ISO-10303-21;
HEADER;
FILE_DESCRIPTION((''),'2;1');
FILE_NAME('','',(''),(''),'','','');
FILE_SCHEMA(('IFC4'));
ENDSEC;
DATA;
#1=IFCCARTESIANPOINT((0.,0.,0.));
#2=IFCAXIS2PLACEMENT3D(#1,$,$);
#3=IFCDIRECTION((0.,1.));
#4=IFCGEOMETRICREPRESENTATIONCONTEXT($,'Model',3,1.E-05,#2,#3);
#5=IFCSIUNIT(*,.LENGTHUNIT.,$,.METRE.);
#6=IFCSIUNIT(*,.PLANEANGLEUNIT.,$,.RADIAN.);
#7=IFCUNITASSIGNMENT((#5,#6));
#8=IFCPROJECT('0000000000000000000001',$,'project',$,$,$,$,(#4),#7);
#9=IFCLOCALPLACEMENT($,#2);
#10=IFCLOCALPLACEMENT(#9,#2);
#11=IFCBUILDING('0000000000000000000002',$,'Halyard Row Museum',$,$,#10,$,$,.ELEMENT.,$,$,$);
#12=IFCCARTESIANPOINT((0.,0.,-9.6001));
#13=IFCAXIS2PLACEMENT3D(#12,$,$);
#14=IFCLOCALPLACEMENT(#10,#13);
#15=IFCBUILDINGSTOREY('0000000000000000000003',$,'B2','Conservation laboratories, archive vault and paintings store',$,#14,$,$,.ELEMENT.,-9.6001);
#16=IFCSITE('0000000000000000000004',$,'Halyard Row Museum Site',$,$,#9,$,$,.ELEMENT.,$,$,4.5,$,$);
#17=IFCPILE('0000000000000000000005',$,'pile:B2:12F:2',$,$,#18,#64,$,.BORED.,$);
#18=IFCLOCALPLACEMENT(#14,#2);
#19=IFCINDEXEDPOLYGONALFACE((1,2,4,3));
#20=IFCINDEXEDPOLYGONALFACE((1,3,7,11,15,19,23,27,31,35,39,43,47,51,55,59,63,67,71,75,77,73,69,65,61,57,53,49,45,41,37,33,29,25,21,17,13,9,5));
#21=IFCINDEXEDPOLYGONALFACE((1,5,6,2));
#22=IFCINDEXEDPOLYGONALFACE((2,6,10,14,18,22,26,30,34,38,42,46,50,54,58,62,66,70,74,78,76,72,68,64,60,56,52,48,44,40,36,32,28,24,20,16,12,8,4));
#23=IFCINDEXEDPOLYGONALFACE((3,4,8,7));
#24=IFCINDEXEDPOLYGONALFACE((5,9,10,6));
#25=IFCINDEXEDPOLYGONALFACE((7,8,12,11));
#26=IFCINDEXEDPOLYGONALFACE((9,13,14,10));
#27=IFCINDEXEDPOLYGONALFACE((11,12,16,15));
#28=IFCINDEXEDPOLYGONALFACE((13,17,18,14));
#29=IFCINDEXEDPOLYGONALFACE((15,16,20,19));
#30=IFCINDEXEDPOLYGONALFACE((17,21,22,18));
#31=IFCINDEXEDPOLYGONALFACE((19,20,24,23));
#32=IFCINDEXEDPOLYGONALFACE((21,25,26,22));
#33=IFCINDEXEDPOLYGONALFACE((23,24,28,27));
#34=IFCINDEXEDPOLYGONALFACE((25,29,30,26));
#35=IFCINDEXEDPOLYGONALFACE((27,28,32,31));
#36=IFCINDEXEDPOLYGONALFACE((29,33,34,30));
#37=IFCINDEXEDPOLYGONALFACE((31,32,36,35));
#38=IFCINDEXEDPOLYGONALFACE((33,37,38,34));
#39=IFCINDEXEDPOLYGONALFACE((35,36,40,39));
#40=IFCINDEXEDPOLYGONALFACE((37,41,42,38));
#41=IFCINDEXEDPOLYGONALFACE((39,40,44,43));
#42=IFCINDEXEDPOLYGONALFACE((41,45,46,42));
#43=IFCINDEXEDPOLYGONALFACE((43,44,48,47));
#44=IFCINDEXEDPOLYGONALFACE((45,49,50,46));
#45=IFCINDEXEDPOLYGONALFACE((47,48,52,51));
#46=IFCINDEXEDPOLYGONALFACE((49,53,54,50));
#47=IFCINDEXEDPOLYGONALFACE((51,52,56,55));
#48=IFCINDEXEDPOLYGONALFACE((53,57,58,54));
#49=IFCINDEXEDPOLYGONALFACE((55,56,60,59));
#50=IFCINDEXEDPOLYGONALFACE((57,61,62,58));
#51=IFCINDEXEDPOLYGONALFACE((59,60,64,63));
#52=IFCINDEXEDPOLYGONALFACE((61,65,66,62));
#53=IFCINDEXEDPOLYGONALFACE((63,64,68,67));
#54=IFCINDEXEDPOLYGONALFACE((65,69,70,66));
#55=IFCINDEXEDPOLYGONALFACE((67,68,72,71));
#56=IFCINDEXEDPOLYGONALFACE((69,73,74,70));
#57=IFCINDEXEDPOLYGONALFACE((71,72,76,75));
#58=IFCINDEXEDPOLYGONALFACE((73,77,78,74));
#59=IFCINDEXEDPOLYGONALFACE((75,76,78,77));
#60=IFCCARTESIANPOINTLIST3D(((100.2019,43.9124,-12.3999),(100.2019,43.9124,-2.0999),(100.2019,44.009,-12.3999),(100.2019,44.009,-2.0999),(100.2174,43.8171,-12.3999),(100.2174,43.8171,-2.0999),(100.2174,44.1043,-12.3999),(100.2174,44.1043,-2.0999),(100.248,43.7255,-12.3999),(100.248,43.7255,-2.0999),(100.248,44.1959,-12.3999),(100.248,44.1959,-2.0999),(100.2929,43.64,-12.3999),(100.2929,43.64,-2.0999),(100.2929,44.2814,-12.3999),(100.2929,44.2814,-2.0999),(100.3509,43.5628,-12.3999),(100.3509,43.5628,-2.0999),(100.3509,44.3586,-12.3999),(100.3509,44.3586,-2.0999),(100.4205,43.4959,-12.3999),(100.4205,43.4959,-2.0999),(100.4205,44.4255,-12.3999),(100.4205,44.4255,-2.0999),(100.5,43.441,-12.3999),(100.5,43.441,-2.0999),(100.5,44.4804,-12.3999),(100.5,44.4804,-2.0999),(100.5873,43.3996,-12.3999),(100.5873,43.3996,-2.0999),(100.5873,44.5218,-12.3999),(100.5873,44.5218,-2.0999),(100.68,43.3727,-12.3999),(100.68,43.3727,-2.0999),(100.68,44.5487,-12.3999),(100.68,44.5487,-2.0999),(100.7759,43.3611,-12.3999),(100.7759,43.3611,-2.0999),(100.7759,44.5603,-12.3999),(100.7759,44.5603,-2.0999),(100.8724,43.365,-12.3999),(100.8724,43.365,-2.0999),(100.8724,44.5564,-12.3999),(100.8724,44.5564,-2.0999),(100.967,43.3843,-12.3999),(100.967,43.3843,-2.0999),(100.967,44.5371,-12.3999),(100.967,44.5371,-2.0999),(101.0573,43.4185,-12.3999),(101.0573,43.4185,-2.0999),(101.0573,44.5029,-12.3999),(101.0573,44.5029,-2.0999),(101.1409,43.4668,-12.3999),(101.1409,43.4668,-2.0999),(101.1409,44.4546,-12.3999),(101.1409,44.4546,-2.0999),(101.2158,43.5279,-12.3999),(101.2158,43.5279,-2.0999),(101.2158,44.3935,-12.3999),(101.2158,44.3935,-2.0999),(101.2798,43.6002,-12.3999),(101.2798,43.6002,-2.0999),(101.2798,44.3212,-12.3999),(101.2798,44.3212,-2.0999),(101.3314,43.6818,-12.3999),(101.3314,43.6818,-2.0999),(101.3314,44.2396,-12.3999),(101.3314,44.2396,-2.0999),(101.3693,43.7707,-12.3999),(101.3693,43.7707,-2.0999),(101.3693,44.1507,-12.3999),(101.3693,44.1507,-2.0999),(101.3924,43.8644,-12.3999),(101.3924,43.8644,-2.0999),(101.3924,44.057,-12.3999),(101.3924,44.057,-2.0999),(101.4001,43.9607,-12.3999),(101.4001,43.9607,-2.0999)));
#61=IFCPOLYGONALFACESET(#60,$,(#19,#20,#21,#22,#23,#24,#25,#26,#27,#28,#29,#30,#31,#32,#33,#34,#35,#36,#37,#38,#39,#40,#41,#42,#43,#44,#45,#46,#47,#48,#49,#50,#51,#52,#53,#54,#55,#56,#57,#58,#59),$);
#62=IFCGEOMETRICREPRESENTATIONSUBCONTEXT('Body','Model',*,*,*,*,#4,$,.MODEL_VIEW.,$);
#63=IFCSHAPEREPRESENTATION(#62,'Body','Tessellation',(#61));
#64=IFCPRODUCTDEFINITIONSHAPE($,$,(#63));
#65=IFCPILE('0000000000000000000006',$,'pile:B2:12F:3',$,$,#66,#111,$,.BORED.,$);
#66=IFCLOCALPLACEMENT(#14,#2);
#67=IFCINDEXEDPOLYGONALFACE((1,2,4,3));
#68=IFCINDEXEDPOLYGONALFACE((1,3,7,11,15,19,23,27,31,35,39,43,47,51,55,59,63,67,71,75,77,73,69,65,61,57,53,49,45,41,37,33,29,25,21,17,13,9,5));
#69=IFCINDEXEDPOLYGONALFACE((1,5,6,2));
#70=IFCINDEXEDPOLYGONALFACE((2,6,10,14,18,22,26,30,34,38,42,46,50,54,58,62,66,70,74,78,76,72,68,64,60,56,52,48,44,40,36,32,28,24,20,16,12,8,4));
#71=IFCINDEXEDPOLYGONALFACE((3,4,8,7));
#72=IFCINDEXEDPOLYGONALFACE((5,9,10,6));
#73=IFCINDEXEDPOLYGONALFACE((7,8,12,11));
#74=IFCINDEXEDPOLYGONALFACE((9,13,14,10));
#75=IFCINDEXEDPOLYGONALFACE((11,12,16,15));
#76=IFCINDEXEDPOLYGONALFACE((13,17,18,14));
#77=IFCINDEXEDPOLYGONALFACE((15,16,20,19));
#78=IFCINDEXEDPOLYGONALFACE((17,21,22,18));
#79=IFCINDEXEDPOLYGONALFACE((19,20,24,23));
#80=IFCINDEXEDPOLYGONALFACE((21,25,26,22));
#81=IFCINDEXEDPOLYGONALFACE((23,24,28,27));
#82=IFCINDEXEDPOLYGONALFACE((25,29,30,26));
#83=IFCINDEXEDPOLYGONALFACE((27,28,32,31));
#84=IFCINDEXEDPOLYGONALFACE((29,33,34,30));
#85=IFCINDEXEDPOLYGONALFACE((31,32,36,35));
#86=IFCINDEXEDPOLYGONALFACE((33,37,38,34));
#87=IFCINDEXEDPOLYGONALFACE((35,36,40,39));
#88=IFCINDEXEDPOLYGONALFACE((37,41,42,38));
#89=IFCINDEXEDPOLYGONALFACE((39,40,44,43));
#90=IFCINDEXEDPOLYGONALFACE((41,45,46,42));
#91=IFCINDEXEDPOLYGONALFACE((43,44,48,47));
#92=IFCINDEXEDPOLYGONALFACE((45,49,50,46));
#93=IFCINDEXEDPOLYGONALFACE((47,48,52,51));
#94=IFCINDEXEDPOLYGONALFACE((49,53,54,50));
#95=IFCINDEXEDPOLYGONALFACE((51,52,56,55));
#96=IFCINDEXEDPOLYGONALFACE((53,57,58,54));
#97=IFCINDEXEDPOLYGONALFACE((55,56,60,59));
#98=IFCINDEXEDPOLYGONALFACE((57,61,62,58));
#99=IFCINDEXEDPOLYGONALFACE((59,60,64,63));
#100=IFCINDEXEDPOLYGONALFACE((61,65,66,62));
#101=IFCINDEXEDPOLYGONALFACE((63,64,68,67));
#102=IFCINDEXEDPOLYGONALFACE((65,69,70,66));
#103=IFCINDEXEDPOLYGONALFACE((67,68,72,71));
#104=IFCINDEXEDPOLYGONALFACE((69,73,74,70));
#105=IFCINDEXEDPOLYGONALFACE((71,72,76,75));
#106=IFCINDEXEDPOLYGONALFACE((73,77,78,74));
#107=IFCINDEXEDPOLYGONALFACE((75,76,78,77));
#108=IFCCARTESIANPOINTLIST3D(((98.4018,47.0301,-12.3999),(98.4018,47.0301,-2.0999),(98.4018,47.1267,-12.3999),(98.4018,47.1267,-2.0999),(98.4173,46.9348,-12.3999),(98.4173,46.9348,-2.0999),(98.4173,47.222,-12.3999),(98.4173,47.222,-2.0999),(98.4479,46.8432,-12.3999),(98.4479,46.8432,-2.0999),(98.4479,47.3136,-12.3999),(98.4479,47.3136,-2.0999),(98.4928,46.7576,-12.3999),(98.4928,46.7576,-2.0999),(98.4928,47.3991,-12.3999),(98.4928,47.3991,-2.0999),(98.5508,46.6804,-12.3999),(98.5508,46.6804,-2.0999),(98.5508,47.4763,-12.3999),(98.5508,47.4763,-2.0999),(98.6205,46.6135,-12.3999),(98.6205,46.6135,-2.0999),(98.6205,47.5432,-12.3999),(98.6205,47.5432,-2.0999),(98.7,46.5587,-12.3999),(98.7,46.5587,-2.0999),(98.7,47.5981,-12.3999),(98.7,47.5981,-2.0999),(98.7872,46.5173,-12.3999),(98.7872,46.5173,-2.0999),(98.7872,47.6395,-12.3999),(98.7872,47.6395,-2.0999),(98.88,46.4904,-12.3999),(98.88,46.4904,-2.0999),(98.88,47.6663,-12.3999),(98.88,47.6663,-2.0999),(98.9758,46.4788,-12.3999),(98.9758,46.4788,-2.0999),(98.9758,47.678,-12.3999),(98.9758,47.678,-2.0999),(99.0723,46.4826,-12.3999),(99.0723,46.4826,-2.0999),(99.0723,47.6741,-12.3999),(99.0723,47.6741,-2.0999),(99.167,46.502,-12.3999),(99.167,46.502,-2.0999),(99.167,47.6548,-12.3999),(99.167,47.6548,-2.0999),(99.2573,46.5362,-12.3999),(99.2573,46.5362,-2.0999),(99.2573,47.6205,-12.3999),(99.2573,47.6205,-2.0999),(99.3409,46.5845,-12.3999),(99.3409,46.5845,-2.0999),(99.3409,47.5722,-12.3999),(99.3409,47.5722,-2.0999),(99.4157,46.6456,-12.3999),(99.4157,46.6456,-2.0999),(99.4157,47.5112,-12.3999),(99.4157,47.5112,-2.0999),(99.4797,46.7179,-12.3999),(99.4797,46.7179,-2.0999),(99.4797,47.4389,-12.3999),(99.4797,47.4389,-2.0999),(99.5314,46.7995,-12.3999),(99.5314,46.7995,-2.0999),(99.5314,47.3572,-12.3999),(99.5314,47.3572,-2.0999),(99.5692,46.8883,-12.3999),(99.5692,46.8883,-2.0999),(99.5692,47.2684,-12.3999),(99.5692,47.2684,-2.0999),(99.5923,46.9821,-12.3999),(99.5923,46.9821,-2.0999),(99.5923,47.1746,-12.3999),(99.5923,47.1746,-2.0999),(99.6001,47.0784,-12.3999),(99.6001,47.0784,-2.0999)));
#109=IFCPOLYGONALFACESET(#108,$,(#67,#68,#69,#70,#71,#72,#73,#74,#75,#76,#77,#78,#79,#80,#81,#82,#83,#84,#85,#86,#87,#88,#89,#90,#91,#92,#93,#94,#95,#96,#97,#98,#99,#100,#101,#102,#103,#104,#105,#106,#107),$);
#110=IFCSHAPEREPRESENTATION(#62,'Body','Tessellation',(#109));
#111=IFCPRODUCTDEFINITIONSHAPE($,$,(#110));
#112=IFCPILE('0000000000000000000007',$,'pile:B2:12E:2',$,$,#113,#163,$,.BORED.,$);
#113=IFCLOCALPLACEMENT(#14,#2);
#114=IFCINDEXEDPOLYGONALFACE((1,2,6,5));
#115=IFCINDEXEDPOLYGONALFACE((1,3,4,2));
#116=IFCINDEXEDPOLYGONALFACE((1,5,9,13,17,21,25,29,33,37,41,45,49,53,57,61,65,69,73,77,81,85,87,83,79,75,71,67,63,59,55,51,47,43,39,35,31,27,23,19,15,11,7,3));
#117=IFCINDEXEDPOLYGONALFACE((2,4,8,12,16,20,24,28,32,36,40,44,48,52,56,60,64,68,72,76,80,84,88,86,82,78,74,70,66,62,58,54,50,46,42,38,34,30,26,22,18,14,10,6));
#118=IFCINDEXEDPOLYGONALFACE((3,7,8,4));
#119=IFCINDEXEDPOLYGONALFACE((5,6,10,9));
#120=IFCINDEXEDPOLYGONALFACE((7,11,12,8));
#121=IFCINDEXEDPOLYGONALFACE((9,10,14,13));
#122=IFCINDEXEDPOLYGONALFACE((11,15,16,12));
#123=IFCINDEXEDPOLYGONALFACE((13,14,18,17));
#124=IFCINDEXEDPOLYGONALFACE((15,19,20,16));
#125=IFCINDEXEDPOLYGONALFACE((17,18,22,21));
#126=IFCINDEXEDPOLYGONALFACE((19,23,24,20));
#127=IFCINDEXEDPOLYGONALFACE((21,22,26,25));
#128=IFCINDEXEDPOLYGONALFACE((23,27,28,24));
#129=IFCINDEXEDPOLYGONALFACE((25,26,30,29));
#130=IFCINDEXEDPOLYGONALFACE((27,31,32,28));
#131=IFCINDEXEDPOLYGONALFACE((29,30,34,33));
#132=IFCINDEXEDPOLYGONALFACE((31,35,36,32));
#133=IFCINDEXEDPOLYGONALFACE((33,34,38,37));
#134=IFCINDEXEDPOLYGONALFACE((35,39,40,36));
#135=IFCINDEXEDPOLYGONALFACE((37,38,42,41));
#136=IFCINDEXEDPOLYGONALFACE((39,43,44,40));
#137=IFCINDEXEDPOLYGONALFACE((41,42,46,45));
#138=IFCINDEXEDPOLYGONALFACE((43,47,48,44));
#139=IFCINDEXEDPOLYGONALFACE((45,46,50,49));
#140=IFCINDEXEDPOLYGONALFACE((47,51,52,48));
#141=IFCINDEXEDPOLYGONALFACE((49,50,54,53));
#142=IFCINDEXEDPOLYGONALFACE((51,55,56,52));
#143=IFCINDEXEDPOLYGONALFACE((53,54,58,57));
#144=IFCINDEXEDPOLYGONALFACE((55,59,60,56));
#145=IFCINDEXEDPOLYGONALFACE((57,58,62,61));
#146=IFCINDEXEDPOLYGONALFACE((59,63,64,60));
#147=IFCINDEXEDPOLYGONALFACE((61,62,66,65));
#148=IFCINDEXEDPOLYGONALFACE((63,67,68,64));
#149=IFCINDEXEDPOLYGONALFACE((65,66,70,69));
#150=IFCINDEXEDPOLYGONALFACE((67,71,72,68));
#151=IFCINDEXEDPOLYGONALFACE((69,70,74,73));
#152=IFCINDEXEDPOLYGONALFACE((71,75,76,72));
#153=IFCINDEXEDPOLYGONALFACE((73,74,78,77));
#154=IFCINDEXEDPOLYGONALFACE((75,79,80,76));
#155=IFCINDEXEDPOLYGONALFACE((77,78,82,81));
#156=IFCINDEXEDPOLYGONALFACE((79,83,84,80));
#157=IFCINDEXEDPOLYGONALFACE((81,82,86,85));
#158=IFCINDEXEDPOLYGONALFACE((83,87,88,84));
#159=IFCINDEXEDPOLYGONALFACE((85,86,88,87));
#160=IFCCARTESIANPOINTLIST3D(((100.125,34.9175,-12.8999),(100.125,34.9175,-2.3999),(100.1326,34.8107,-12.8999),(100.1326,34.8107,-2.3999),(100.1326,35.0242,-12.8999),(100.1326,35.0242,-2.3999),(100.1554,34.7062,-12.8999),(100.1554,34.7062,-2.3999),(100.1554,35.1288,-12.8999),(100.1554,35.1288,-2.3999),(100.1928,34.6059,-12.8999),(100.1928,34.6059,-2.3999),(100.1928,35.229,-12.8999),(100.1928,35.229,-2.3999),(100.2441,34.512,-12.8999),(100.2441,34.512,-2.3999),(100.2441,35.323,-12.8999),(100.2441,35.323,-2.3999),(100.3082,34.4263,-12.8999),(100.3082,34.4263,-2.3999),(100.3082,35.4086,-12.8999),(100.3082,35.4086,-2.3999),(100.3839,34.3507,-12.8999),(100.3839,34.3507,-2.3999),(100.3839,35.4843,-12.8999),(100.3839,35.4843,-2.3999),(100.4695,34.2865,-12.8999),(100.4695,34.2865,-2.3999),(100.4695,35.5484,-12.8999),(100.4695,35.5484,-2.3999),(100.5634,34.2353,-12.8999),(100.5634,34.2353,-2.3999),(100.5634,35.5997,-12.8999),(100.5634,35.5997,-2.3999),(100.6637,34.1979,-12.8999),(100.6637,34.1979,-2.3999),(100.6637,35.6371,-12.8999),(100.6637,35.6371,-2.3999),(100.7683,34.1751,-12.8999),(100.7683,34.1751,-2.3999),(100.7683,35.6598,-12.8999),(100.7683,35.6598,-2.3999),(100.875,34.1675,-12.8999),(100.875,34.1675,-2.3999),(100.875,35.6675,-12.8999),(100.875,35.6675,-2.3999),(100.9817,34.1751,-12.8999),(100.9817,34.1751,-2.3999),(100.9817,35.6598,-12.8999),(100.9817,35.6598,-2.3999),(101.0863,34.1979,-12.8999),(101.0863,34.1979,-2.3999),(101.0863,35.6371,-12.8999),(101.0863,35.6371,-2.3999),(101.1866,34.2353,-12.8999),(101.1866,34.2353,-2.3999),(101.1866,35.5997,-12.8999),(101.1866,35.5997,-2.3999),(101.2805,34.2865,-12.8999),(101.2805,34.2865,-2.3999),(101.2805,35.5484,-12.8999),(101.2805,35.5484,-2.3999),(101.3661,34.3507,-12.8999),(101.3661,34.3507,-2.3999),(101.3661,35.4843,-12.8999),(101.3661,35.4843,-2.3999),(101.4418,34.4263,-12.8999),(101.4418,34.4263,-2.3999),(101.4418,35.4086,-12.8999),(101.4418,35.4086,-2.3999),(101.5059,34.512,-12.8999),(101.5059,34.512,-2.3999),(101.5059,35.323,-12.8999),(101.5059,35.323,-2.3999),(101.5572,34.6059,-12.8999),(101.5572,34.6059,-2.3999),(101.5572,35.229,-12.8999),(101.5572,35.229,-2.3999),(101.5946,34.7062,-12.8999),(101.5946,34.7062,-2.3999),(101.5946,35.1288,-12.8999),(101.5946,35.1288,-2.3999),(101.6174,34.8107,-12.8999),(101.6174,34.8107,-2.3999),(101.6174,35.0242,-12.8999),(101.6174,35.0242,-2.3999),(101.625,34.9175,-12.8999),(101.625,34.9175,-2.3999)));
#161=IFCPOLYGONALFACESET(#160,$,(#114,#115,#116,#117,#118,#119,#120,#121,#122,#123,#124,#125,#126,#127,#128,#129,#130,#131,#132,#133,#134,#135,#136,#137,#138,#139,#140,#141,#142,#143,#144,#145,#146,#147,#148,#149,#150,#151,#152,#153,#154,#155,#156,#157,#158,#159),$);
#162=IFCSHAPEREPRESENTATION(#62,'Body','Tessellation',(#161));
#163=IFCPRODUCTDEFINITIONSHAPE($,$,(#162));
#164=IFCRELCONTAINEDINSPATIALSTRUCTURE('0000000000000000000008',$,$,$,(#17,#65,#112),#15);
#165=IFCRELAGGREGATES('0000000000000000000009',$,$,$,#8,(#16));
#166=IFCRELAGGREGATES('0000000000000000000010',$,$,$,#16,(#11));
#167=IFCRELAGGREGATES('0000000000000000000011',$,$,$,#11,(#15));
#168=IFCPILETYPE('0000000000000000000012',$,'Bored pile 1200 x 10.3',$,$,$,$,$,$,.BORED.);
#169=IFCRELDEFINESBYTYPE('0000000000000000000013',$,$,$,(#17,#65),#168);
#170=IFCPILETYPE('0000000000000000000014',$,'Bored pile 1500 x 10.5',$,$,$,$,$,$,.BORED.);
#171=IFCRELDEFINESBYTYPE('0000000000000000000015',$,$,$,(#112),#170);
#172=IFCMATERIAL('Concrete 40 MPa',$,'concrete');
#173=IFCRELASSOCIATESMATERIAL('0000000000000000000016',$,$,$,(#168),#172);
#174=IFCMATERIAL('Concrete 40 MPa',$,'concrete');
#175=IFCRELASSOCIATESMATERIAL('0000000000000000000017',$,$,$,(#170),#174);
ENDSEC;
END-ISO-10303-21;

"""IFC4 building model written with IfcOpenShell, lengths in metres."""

from ifc_helpers import new_model, si_unit, direction, frame, origin, origin_2d, place, context, subcontext, project, spatial, circle, extrude, material, material_profile, profile_set, type_object, element, save


model = new_model("IFC4")

# Units and contexts
model_context = context("Model", 3, precision=1e-05, world=origin(), true_north=direction((0.0, 1.0)))
body_context = subcontext(model_context, "Body", "Model", "MODEL_VIEW")
ifc_project = project(units=[si_unit("LENGTHUNIT", "METRE"), si_unit("PLANEANGLEUNIT", "RADIAN")], contexts=[model_context])

# Site, building, storey
site_placement = place(None, origin())
site = spatial("IfcSite", under=ifc_project, at=site_placement, Name="Halyard Row Museum Site", CompositionType="ELEMENT", RefElevation=4.5)
building_placement = place(site_placement, origin())
building = spatial("IfcBuilding", under=site, at=building_placement, Name="Halyard Row Museum", CompositionType="ELEMENT")
storey_placement = place(building_placement, frame((0.0, 0.0, -9.6001)))
storey = spatial("IfcBuildingStorey", under=building, at=storey_placement, Name="B2", Description="Conservation laboratories, archive vault and paintings store", CompositionType="ELEMENT", Elevation=-9.6001)

# Piles
ifc_material_1 = material(Name="Concrete 40 MPa", Category="concrete")
ifc_material_profile_1 = material_profile(ifc_material_1, circle(Radius=0.6001, at=origin_2d()), Name="Bored pile 1200 x 10.3")
ifc_profile_set_1 = profile_set([ifc_material_profile_1], Name="Concrete 40 MPa")
pile_type_1 = type_object("IfcPileType", Name="Bored pile 1200 x 10.3", PredefinedType="BORED", material=ifc_profile_set_1)
for number, where, z_axis, x_axis, name in (
    (1, (100.8, 43.9607, -2.0999), (0.0, 0.0, -1.0), (1.0, 0.0, 0.0), "pile:B2:12F:2"),
    (2, (99.0, 47.0784, -2.0999), (0.0, 0.0, -1.0), (1.0, 0.0, 0.0), "pile:B2:12F:3"),
):
    element("IfcPile", number, at=place(storey_placement, frame(where, z_axis=z_axis, x_axis=x_axis)), inside=storey, type_object=pile_type_1, Name=name, PredefinedType="BORED", context=body_context, shape_type="SweptSolid", body=[
        extrude(circle(Radius=0.6001, at=origin_2d()), origin(), (0.0, 0.0, 1.0), 10.3),
    ])
ifc_material_2 = material(Name="Concrete 40 MPa", Category="concrete")
ifc_material_profile_2 = material_profile(ifc_material_2, circle(Radius=0.75, at=origin_2d()), Name="Bored pile 1500 x 10.5")
ifc_profile_set_2 = profile_set([ifc_material_profile_2], Name="Concrete 40 MPa")
pile_type_2 = type_object("IfcPileType", Name="Bored pile 1500 x 10.5", PredefinedType="BORED", material=ifc_profile_set_2)
for number, where, z_axis, x_axis, name in (
    (3, (100.875, 34.9175, -2.3999), (0.0, 0.0, -1.0), (1.0, 0.0, 0.0), "pile:B2:12E:2"),
):
    element("IfcPile", number, at=place(storey_placement, frame(where, z_axis=z_axis, x_axis=x_axis)), inside=storey, type_object=pile_type_2, Name=name, PredefinedType="BORED", context=body_context, shape_type="SweptSolid", body=[
        extrude(circle(Radius=0.75, at=origin_2d()), origin(), (0.0, 0.0, 1.0), 10.5),
    ])

save(model, "model.ifc")
